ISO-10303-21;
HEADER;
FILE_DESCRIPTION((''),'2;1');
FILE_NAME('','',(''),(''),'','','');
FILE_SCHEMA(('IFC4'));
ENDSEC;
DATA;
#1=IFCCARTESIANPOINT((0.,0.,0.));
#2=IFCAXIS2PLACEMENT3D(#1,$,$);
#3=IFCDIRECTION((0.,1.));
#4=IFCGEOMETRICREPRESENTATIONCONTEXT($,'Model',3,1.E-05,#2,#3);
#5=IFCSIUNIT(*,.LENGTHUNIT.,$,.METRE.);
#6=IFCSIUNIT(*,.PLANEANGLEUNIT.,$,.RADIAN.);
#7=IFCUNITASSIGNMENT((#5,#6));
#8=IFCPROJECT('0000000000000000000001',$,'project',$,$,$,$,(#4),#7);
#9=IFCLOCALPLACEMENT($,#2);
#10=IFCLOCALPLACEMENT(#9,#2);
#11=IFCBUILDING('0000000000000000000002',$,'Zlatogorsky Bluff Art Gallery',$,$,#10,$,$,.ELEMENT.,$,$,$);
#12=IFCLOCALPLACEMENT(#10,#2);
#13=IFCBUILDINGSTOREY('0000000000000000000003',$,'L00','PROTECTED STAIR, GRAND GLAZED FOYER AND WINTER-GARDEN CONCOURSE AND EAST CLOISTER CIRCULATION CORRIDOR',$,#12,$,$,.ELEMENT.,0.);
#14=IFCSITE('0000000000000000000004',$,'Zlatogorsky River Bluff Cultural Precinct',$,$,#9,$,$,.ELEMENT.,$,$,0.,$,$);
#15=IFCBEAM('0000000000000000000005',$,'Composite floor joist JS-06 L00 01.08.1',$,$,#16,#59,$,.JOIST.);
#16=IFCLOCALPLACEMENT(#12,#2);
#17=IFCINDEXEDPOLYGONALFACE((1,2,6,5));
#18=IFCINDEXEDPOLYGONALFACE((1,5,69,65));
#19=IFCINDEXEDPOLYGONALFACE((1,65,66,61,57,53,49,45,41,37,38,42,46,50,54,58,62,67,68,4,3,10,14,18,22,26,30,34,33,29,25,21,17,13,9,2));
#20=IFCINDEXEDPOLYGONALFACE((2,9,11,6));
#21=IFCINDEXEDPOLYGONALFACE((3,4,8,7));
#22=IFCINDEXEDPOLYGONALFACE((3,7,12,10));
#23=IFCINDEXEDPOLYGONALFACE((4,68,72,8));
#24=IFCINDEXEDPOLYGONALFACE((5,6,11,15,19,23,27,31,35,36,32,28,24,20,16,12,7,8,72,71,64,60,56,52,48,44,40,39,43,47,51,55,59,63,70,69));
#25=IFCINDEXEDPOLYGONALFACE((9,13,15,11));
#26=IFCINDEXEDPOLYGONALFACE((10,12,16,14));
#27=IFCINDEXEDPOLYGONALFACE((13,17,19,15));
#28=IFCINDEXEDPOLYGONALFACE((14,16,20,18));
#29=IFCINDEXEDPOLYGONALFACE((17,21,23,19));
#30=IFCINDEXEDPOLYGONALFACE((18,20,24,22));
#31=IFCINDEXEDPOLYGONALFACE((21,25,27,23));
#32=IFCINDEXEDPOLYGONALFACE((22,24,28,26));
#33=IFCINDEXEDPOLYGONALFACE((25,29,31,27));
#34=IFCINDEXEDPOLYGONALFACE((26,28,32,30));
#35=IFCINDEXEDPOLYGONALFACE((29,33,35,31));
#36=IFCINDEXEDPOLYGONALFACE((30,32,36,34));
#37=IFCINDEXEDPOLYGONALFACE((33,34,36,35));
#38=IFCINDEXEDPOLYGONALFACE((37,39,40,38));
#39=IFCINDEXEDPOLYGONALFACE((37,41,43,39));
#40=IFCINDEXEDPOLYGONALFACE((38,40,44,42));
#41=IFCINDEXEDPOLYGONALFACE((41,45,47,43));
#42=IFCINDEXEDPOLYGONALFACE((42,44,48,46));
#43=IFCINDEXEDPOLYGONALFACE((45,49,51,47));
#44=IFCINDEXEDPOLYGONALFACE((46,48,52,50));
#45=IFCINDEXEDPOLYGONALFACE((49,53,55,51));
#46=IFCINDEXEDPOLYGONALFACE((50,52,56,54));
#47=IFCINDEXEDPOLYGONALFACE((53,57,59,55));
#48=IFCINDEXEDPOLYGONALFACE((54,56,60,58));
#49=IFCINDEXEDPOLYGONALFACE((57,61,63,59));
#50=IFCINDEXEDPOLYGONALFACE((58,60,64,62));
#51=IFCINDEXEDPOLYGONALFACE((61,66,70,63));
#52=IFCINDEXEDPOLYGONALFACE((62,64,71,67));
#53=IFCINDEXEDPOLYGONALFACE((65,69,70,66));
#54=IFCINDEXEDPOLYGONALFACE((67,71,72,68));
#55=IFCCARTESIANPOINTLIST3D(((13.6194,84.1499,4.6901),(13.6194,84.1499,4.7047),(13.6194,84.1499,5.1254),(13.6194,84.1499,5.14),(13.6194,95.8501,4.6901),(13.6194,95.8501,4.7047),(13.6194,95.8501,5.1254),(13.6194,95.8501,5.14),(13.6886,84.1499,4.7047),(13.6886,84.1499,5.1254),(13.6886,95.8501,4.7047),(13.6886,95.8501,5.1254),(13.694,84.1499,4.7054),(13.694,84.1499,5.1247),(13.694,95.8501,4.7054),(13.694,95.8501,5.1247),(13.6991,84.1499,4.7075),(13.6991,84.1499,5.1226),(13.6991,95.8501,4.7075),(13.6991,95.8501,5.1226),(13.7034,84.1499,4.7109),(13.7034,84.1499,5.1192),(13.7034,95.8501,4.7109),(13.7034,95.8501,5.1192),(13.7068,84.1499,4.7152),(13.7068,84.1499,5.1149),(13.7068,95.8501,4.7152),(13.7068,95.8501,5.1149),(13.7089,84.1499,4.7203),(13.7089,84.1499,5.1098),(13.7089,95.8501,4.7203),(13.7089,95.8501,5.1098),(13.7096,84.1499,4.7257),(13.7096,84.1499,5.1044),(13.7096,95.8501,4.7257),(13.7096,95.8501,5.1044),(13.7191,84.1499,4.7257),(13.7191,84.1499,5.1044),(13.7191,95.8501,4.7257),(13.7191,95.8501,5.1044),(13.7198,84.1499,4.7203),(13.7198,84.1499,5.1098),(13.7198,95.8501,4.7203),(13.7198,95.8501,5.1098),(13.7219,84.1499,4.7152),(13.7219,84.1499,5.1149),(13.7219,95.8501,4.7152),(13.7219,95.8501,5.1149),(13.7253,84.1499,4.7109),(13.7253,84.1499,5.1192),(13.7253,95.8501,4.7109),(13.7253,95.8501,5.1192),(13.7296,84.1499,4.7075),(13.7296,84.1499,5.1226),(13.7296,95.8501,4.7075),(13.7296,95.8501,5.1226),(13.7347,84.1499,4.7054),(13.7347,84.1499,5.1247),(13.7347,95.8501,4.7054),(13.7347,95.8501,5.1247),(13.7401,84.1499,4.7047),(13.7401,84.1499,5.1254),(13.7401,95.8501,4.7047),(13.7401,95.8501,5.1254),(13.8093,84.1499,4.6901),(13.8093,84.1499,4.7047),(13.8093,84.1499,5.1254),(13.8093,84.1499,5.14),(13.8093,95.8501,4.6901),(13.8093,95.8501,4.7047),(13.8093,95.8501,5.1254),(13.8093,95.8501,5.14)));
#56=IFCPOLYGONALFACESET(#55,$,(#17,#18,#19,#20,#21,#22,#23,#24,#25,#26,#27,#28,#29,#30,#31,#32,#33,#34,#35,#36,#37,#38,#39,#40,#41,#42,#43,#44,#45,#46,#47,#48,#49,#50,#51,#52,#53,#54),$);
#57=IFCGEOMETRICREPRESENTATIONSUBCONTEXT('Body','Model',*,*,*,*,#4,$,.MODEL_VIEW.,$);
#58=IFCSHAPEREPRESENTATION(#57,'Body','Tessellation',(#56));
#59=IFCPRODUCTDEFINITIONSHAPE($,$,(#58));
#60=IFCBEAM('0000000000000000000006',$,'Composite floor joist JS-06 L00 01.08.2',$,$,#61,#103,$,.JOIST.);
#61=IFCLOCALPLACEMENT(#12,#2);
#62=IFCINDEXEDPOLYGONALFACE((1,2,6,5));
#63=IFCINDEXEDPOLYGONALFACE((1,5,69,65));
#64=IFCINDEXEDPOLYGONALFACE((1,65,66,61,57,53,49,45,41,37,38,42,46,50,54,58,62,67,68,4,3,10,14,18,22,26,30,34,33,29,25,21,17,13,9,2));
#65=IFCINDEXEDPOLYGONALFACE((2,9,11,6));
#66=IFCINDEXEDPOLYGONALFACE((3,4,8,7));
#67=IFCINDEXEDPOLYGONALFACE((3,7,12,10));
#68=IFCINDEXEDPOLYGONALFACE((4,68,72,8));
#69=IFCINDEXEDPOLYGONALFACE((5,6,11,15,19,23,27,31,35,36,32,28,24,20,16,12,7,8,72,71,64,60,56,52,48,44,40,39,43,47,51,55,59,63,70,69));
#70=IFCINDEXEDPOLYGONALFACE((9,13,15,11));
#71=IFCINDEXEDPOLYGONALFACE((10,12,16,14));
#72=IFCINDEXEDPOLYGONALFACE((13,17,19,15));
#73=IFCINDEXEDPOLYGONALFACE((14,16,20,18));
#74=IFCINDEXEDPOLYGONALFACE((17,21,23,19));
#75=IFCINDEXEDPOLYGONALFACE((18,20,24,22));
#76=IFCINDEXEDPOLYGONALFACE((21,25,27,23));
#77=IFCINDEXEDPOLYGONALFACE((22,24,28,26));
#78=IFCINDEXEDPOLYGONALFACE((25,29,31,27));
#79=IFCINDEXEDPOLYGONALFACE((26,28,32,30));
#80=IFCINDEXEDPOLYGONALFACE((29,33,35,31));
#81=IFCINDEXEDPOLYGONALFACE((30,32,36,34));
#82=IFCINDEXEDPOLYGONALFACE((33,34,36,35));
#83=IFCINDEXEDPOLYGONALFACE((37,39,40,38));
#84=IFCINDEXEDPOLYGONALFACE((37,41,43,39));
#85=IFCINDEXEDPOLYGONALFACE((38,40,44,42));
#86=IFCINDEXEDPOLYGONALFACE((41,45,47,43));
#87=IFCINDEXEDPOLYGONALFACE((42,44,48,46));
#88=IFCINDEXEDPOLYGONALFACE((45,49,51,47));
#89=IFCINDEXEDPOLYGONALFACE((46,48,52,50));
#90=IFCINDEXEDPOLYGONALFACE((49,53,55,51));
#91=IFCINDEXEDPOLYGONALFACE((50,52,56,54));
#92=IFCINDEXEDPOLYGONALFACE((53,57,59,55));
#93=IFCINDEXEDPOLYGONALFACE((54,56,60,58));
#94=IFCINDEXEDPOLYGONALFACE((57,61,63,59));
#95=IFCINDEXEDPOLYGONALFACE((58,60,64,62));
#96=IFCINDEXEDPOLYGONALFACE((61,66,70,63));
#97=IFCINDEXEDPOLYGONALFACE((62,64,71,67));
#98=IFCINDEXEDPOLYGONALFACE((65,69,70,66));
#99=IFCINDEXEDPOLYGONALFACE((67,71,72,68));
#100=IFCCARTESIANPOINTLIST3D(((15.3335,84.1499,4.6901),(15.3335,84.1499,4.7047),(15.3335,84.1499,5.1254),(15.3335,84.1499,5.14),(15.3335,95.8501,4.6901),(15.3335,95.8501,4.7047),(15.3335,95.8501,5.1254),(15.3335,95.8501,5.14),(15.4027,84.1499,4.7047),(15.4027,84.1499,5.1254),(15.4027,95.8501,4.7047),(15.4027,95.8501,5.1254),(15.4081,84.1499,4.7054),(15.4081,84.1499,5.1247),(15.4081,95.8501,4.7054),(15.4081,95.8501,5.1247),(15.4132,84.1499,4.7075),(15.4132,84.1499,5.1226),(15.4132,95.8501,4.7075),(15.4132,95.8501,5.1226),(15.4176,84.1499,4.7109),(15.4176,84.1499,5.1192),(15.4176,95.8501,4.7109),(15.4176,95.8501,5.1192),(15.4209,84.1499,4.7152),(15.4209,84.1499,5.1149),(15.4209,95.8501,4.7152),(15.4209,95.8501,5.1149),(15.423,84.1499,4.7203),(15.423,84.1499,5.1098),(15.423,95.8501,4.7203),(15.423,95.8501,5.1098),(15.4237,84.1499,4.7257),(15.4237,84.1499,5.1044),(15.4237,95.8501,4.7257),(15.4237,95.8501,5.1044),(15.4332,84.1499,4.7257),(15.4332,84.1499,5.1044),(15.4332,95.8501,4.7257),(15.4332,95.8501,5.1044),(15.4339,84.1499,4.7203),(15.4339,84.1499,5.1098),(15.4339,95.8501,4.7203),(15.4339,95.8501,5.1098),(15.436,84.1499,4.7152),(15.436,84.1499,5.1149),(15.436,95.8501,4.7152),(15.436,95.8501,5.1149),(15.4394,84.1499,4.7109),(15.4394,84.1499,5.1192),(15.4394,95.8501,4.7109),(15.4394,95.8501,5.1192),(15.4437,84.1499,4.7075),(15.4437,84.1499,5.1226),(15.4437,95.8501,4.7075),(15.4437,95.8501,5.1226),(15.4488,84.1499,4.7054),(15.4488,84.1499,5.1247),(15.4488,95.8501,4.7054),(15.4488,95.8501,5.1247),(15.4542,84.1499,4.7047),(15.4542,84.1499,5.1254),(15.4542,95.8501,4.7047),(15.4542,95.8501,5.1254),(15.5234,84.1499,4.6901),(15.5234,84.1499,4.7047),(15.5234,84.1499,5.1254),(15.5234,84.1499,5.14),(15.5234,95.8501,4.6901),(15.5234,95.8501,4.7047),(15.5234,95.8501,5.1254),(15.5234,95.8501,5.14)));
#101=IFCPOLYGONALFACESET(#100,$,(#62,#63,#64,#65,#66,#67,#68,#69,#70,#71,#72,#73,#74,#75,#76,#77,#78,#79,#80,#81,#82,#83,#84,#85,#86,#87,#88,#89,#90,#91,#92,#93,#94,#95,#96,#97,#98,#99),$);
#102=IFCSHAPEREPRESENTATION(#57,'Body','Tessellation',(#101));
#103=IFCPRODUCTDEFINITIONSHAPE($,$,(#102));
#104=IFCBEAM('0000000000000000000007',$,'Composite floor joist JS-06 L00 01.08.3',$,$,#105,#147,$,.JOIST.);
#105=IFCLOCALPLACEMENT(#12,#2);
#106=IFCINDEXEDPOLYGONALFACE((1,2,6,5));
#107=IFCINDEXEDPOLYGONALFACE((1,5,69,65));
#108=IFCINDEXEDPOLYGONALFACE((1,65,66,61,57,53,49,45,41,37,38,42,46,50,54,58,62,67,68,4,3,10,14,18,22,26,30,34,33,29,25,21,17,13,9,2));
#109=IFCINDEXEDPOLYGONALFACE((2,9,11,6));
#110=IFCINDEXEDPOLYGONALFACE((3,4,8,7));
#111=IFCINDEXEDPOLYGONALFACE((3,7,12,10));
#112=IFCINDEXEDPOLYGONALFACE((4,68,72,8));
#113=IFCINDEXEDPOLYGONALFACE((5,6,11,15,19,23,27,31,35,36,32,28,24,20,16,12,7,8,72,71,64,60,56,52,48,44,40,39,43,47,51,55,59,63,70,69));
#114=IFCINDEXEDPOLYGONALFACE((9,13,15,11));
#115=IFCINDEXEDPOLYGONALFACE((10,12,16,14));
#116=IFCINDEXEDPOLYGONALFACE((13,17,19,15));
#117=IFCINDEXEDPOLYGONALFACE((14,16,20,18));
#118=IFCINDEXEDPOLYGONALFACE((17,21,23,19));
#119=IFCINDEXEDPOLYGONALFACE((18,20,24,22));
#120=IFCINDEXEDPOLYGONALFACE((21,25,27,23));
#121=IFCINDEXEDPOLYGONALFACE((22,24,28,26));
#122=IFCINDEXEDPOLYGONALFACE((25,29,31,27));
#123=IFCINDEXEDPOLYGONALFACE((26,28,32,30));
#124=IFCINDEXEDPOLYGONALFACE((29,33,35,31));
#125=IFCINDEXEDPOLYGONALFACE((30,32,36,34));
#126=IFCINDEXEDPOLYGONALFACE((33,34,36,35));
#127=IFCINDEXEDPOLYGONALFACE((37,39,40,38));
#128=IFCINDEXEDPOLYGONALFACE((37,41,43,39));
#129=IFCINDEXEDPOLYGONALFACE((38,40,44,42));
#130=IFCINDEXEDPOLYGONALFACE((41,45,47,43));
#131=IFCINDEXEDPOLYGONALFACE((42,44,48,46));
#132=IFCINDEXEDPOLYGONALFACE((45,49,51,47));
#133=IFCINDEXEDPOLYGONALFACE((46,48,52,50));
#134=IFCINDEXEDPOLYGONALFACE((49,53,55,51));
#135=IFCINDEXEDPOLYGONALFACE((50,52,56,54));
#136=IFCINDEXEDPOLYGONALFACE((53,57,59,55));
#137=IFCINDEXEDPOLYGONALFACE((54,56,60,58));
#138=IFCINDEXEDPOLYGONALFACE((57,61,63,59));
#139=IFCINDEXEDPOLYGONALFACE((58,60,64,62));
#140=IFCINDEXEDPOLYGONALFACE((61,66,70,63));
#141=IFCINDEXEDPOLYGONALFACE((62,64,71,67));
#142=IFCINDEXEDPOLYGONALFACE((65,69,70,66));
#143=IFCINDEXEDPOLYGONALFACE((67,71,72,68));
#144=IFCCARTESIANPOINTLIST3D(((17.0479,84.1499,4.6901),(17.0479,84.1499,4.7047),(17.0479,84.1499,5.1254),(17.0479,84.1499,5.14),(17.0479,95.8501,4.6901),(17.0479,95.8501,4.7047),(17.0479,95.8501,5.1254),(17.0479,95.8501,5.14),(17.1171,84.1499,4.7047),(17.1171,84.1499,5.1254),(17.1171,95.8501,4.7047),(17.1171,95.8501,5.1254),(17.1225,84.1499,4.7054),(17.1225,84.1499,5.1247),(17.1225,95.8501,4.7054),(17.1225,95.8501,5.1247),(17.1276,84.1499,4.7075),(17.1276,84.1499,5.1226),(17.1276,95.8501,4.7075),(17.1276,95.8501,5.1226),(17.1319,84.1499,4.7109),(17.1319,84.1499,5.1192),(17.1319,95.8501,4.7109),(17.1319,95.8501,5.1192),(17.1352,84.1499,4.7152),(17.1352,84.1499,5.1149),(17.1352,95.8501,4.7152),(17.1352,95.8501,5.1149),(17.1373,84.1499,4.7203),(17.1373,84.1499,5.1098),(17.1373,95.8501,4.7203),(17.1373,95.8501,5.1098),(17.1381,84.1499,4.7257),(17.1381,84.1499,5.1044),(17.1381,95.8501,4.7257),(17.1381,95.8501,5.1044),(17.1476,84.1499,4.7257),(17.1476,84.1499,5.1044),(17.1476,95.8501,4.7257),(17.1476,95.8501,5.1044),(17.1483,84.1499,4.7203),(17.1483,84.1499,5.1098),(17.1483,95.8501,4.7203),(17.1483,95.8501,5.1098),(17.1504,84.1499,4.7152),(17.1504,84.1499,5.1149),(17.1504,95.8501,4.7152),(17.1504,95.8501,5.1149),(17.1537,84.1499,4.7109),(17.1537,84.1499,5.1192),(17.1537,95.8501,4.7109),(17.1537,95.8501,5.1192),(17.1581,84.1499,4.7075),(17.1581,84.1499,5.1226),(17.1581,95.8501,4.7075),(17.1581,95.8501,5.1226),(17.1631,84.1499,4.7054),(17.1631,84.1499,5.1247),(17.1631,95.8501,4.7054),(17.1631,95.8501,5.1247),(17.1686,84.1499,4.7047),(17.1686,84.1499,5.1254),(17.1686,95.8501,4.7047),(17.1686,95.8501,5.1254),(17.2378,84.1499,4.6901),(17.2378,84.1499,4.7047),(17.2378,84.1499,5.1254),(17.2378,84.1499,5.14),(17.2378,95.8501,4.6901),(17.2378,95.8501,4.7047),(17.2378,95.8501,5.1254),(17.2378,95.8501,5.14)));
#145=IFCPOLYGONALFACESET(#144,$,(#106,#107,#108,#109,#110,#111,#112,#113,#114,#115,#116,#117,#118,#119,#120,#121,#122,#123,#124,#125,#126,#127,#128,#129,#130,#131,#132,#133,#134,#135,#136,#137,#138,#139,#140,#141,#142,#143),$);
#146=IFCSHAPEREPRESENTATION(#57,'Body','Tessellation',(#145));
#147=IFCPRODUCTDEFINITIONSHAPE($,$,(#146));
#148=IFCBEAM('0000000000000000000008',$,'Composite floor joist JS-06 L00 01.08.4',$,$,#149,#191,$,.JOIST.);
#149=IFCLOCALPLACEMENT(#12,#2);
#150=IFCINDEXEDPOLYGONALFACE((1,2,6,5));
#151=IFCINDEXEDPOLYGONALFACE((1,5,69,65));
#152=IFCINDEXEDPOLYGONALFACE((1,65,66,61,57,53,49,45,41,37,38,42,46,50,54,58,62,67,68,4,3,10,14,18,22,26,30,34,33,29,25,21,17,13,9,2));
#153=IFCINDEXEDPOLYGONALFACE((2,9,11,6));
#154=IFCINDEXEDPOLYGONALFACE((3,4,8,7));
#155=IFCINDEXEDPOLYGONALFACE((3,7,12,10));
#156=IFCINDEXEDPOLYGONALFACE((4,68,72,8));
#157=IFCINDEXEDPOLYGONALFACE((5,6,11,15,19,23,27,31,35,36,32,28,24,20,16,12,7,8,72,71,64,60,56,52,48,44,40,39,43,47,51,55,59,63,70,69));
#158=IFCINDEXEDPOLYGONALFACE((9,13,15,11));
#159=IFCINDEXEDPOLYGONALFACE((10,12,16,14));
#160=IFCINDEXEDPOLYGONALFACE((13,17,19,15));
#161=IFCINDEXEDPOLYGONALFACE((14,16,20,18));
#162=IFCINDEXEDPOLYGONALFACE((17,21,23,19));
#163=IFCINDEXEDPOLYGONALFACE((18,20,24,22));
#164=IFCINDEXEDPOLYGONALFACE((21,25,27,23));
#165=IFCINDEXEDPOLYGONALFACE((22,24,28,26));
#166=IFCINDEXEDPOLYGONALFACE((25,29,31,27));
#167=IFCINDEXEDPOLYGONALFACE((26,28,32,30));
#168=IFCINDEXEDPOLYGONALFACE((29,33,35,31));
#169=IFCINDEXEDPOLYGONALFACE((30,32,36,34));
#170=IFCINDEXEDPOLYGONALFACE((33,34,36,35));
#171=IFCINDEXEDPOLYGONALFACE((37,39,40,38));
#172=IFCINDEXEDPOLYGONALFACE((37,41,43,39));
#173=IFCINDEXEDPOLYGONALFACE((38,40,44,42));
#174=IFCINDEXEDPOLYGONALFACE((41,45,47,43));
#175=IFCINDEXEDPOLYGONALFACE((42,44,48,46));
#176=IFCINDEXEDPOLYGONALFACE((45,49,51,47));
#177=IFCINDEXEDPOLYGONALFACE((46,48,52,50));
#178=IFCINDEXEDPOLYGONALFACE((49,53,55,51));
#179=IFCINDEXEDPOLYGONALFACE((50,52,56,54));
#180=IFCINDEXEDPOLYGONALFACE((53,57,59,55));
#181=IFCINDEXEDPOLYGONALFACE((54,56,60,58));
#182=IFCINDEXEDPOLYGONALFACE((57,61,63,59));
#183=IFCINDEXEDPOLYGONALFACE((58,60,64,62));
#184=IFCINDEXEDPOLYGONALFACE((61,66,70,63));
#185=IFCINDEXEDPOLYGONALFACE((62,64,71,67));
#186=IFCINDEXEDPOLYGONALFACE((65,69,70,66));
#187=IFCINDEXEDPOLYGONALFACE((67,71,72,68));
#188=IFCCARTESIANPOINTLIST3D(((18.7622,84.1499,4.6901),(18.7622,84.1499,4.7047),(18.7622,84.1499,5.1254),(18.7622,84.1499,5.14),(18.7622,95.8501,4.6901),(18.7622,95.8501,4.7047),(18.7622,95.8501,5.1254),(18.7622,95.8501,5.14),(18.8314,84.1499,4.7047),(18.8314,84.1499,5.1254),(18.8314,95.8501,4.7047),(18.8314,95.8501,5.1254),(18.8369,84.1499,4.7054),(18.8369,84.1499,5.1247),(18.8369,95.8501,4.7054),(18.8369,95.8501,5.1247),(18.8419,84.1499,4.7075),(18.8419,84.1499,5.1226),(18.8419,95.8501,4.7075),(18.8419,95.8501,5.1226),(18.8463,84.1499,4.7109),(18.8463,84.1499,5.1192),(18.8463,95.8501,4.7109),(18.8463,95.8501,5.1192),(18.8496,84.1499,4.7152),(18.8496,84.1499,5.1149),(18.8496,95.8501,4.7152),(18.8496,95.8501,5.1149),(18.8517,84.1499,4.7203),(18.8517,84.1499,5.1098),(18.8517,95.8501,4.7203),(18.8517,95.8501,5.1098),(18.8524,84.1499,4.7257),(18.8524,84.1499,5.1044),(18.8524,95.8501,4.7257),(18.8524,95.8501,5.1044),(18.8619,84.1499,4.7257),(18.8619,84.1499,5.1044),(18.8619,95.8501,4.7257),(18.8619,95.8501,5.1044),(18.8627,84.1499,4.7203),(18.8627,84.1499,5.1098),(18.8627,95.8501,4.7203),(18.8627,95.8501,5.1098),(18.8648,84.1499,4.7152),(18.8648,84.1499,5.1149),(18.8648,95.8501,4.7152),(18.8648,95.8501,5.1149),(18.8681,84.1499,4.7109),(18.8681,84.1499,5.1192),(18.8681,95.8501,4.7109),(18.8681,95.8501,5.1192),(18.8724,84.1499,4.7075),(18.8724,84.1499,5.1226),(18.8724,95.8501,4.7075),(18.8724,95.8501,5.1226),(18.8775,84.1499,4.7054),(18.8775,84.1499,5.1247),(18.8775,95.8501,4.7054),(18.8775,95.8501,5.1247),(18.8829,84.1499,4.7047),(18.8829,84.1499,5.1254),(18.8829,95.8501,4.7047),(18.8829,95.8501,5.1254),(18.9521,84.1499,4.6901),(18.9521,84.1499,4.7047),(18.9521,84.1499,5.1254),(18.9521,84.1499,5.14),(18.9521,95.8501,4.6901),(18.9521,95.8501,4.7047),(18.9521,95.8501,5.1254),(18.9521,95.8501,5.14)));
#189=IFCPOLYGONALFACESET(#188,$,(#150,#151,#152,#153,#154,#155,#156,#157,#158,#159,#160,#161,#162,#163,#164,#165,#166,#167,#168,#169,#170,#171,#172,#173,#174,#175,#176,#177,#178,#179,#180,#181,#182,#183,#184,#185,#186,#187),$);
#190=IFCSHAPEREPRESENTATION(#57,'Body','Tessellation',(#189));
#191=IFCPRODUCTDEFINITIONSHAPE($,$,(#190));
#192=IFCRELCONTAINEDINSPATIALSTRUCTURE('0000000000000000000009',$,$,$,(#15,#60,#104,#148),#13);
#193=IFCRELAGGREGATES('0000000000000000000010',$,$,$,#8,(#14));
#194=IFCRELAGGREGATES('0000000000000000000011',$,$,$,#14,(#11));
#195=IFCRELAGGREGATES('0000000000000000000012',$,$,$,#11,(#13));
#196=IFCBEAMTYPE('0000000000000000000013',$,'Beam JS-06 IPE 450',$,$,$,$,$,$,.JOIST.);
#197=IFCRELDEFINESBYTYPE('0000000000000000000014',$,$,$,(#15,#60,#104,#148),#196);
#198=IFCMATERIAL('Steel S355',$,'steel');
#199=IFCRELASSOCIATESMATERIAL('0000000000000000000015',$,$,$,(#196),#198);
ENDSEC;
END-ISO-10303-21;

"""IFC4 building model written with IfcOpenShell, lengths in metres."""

from ifc_helpers import new_model, si_unit, direction, frame, origin, origin_2d, place, context, subcontext, project, spatial, i_section, extrude, material, material_profile, profile_set, type_object, element, save


model = new_model("IFC4")

# Units and contexts
model_context = context("Model", 3, precision=1e-05, world=origin(), true_north=direction((0.0, 1.0)))
body_context = subcontext(model_context, "Body", "Model", "MODEL_VIEW")
ifc_project = project(units=[si_unit("LENGTHUNIT", "METRE"), si_unit("PLANEANGLEUNIT", "RADIAN")], contexts=[model_context])

# Site, building, storey
site_placement = place(None, origin())
site = spatial("IfcSite", under=ifc_project, at=site_placement, Name="Zlatogorsky River Bluff Cultural Precinct", CompositionType="ELEMENT", RefElevation=0.0)
building_placement = place(site_placement, origin())
building = spatial("IfcBuilding", under=site, at=building_placement, Name="Zlatogorsky Bluff Art Gallery", CompositionType="ELEMENT")
storey_placement = place(building_placement, origin())
storey = spatial("IfcBuildingStorey", under=building, at=storey_placement, Name="L00", Description="PROTECTED STAIR, GRAND GLAZED FOYER AND WINTER-GARDEN CONCOURSE AND EAST CLOISTER CIRCULATION CORRIDOR", CompositionType="ELEMENT", Elevation=0.0)

# Shared definitions
ifc_material_1 = material(Name="Steel S355", Category="steel")

# Beams
ifc_material_profile_1 = material_profile(ifc_material_1, i_section(OverallWidth=0.1899, OverallDepth=0.45, WebThickness=0.0095, FlangeThickness=0.0146, FilletRadius=0.021, at=origin_2d()), Name="IPE 450")
ifc_profile_set_1 = profile_set([ifc_material_profile_1], Name="Steel S355")
beam_type_1 = type_object("IfcBeamType", Name="Beam JS-06 IPE 450", PredefinedType="JOIST", material=ifc_profile_set_1)
for number, where, z_axis, x_axis, name in (
    (1, (13.7144, 84.1499, 4.915), (0.0, 1.0, 0.0), (-1.0, 0.0, 0.0), "Composite floor joist JS-06 L00 01.08.1"),
    (2, (15.4285, 84.1499, 4.915), (0.0, 1.0, 0.0), (-1.0, 0.0, 0.0), "Composite floor joist JS-06 L00 01.08.2"),
    (3, (17.1428, 84.1499, 4.915), (0.0, 1.0, 0.0), (-1.0, 0.0, 0.0), "Composite floor joist JS-06 L00 01.08.3"),
    (4, (18.8572, 84.1499, 4.915), (0.0, 1.0, 0.0), (-1.0, 0.0, 0.0), "Composite floor joist JS-06 L00 01.08.4"),
):
    element("IfcBeam", number, at=place(storey_placement, frame(where, z_axis=z_axis, x_axis=x_axis)), inside=storey, type_object=beam_type_1, Name=name, PredefinedType="JOIST", context=body_context, shape_type="SweptSolid", body=[
        extrude(i_section(OverallWidth=0.1899, OverallDepth=0.45, WebThickness=0.0095, FlangeThickness=0.0146, FilletRadius=0.021, at=origin_2d()), origin(), (0.0, 0.0, 1.0), 11.7002),
    ])

save(model, "model.ifc")
